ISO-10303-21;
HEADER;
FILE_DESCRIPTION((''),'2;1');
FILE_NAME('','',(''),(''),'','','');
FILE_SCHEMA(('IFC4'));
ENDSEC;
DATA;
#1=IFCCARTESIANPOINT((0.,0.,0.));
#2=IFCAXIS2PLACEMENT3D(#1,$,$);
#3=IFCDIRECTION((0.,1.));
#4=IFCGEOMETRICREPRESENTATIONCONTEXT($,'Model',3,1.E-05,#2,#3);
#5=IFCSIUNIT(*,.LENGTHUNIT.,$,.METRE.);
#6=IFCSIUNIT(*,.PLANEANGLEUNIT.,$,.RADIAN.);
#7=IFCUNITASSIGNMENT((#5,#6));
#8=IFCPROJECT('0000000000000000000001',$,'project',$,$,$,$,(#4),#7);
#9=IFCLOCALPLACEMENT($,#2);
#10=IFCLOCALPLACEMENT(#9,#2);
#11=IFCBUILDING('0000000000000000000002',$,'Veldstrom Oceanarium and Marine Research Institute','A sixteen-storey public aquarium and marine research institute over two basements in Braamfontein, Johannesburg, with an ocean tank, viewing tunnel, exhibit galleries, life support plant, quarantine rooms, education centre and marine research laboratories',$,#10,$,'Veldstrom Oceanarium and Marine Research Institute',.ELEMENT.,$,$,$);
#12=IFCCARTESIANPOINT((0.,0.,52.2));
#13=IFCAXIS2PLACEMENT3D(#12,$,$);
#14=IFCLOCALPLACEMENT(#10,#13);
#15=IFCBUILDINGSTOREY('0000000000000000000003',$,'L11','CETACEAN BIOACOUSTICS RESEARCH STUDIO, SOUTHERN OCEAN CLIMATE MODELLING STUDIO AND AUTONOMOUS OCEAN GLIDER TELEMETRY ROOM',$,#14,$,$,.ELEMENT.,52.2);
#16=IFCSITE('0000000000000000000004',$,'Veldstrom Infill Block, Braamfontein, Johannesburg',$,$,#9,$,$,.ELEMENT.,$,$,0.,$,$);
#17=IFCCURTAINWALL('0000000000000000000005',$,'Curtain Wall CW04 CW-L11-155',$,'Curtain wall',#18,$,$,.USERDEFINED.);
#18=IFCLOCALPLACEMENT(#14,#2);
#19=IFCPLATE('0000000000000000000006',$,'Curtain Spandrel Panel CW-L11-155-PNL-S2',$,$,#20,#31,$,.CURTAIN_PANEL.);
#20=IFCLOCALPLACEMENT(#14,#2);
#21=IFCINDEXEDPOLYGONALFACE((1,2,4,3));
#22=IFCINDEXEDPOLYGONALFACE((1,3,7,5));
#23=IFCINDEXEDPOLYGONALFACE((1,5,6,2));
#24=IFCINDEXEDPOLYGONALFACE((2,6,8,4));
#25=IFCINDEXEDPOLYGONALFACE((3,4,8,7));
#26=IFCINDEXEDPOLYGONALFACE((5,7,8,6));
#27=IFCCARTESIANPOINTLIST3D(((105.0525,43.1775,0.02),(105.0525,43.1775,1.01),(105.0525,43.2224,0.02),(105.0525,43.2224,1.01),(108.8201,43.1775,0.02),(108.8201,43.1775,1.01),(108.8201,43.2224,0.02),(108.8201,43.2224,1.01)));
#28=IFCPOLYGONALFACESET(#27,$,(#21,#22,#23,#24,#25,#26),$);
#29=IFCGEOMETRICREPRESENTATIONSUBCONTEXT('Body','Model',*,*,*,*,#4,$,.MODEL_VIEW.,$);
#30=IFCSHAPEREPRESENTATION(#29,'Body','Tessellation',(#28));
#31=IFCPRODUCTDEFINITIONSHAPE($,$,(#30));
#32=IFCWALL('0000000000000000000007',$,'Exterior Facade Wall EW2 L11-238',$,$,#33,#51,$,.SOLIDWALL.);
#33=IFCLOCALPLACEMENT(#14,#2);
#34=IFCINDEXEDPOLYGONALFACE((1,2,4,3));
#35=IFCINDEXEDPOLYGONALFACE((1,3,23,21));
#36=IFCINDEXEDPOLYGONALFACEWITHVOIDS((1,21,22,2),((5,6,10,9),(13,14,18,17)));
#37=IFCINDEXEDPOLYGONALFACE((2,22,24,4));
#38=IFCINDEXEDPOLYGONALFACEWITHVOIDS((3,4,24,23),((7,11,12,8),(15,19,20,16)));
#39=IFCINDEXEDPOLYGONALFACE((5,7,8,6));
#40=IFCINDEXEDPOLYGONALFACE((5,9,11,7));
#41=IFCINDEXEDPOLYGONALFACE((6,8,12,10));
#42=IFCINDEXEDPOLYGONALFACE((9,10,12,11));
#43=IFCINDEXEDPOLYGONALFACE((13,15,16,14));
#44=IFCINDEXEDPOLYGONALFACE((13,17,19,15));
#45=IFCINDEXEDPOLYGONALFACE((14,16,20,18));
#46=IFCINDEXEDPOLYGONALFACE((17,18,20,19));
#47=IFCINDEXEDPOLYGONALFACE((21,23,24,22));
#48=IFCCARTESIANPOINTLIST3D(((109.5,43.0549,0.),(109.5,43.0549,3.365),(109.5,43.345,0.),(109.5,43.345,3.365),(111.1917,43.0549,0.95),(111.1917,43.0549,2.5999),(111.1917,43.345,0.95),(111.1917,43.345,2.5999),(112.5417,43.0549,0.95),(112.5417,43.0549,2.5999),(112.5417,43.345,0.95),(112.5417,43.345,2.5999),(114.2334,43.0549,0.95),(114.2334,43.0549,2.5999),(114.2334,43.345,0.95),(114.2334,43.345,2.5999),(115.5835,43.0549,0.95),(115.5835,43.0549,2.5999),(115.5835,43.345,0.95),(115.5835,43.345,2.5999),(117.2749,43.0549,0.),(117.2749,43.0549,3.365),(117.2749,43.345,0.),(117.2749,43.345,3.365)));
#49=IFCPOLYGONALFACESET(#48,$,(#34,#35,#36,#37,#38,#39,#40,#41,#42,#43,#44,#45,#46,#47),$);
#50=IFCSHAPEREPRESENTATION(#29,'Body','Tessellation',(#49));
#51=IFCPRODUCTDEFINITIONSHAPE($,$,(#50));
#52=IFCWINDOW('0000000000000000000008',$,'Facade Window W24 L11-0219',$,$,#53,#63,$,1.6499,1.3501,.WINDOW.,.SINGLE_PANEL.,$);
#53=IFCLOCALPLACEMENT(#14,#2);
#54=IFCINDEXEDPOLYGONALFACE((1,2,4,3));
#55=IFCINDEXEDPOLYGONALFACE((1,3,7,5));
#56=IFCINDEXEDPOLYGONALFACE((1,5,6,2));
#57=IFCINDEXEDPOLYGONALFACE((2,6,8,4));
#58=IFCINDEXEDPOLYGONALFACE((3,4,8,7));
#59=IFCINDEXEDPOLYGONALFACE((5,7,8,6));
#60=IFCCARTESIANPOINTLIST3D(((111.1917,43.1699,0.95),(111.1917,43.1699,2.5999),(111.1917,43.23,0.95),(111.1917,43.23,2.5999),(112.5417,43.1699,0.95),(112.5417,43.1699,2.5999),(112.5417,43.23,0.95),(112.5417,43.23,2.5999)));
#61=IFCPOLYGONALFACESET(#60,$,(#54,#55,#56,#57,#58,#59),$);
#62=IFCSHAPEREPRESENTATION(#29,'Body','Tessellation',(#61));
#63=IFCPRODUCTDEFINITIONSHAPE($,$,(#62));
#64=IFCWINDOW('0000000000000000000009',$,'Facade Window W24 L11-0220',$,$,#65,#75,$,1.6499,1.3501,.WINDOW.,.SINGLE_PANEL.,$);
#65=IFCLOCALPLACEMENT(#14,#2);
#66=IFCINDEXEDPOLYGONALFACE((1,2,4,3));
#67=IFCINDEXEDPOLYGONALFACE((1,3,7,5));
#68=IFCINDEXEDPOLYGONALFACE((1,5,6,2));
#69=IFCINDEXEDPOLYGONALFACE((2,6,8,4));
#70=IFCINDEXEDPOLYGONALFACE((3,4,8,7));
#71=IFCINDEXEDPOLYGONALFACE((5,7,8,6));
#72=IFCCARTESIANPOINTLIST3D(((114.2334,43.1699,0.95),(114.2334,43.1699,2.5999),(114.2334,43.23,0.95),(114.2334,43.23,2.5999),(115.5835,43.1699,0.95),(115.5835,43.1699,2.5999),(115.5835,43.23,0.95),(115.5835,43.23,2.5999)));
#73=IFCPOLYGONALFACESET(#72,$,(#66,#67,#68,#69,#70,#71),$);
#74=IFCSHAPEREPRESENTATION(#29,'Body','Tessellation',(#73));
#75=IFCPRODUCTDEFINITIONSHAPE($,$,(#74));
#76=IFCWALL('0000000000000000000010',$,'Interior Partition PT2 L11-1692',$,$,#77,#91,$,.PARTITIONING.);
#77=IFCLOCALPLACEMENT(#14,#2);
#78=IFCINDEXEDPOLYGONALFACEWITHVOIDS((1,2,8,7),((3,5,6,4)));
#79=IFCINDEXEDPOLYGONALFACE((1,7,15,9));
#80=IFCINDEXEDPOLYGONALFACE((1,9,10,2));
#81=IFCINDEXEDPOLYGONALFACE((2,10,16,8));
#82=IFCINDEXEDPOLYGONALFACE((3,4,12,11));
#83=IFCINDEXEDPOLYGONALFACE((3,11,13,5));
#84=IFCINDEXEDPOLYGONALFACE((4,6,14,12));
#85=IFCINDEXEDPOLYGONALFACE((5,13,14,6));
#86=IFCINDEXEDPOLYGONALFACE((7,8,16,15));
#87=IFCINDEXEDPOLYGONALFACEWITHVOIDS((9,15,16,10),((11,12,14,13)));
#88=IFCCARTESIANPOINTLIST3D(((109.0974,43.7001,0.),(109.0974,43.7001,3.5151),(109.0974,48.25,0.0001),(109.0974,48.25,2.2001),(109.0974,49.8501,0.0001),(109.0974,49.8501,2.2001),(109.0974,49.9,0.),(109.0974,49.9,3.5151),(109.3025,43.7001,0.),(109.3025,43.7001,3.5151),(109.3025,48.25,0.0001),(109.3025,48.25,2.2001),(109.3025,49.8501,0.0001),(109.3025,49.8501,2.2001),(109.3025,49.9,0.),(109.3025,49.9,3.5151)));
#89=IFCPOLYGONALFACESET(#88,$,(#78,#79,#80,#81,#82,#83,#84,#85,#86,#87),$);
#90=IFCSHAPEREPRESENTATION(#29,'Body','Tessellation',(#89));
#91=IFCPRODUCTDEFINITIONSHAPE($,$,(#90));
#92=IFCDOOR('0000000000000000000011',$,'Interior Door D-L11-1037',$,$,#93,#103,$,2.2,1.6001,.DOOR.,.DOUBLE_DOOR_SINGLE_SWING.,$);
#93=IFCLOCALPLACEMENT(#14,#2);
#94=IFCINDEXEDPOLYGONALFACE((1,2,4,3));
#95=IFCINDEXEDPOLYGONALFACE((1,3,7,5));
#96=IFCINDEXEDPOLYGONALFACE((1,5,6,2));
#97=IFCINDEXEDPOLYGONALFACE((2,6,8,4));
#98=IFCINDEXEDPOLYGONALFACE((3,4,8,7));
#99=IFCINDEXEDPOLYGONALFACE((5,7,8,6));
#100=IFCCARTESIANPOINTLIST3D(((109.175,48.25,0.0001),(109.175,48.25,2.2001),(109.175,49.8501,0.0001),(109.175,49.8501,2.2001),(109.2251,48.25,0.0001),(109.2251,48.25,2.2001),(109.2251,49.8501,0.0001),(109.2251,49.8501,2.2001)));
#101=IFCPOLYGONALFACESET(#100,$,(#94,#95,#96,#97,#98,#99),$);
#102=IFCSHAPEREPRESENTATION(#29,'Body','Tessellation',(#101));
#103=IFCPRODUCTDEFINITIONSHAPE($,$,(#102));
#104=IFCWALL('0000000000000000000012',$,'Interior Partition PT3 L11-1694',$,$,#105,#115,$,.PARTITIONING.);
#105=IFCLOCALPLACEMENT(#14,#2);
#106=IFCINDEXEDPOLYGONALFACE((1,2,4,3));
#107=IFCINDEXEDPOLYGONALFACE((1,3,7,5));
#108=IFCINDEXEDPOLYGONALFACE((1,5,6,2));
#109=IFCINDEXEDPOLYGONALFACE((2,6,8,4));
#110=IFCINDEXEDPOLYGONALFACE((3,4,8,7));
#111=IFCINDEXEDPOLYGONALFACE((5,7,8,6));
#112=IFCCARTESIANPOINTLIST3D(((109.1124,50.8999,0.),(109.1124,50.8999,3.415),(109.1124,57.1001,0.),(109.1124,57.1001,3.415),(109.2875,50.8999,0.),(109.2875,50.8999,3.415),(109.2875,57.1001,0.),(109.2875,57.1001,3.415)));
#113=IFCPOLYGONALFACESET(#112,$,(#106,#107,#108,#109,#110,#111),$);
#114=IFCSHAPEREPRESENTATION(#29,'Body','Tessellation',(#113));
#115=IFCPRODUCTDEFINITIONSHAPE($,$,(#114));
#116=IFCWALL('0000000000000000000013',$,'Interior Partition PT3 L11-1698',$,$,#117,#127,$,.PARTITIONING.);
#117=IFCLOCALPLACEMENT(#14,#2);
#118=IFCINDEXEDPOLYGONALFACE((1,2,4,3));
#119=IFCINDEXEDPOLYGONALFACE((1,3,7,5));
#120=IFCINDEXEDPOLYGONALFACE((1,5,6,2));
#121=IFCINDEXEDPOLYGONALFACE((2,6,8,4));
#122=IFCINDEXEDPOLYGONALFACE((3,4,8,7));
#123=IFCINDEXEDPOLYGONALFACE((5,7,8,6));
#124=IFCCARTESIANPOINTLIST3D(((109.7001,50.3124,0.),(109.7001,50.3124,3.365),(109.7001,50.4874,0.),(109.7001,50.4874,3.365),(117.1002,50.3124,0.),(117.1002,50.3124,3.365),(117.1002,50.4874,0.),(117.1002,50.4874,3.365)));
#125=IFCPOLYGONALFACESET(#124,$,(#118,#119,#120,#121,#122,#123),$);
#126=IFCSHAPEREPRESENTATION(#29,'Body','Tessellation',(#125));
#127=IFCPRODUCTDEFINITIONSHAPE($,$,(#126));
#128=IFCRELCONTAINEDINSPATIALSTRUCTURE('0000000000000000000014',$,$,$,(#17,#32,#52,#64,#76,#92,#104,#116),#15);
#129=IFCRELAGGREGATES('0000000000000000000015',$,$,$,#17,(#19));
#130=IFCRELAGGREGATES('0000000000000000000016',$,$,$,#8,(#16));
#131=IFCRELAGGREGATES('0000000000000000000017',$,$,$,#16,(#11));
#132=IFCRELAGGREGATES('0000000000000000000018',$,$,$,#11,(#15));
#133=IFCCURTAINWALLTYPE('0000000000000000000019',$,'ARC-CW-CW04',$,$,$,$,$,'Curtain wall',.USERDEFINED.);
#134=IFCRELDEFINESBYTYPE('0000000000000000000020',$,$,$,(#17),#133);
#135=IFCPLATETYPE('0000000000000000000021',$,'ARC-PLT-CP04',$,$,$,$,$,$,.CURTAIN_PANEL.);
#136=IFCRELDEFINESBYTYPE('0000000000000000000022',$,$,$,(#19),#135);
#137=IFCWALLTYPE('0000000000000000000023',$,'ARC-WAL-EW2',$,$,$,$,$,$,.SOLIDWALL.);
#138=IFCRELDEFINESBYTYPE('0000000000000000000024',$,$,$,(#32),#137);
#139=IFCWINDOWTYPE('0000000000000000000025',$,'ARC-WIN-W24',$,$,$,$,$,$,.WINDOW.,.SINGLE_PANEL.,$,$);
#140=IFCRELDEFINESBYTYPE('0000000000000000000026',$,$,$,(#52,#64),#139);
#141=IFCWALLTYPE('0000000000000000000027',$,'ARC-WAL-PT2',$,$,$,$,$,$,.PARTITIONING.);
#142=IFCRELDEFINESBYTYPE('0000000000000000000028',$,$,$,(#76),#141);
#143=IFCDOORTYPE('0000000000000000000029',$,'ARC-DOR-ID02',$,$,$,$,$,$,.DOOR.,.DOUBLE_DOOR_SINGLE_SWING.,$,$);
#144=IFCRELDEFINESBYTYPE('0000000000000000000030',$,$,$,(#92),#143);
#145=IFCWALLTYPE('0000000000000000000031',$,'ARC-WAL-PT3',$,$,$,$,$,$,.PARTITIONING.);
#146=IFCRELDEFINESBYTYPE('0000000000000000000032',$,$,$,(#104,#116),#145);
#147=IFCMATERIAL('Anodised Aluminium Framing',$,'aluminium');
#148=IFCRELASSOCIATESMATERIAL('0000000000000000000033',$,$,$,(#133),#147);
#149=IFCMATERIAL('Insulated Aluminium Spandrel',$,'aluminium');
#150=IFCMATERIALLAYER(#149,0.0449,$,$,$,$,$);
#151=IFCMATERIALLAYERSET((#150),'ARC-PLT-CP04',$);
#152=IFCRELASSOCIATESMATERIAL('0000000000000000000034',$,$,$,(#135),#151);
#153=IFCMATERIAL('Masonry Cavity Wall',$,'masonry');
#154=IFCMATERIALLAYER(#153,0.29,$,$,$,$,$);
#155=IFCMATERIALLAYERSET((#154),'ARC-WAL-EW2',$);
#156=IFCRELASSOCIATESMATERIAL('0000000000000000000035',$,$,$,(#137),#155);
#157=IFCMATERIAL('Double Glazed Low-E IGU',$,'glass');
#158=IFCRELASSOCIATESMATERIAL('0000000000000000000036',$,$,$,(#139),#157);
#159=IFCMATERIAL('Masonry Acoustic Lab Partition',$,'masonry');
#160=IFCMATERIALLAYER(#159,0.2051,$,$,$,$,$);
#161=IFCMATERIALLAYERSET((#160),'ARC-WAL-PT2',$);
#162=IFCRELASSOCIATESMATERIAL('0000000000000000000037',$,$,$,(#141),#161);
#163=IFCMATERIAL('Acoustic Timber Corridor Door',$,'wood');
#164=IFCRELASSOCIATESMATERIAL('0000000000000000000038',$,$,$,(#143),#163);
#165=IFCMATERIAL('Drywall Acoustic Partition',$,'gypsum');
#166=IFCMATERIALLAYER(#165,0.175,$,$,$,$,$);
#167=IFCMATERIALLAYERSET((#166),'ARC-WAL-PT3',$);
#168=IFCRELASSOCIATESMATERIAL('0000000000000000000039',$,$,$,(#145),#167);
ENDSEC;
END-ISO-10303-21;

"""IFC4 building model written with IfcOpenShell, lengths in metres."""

from ifc_helpers import new_model, si_unit, direction, frame, frame_2d, origin, origin_2d, place, context, subcontext, project, spatial, rectangle, extrude, material, layer, layer_set, type_object, element, fill, aggregate, save


model = new_model("IFC4")

# Units and contexts
model_context = context("Model", 3, precision=1e-05, world=origin(), true_north=direction((0.0, 1.0)))
body_context = subcontext(model_context, "Body", "Model", "MODEL_VIEW")
ifc_project = project(units=[si_unit("LENGTHUNIT", "METRE"), si_unit("PLANEANGLEUNIT", "RADIAN")], contexts=[model_context])

# Site, building, storey
site_placement = place(None, origin())
site = spatial("IfcSite", under=ifc_project, at=site_placement, Name="Veldstrom Infill Block, Braamfontein, Johannesburg", CompositionType="ELEMENT", RefElevation=0.0)
building_placement = place(site_placement, origin())
building = spatial("IfcBuilding", under=site, at=building_placement, Name="Veldstrom Oceanarium and Marine Research Institute", Description="A sixteen-storey public aquarium and marine research institute over two basements in Braamfontein, Johannesburg, with an ocean tank, viewing tunnel, exhibit galleries, life support plant, quarantine rooms, education centre and marine research laboratories", LongName="Veldstrom Oceanarium and Marine Research Institute", CompositionType="ELEMENT")
storey_placement = place(building_placement, frame((0.0, 0.0, 52.2)))
storey = spatial("IfcBuildingStorey", under=building, at=storey_placement, Name="L11", Description="CETACEAN BIOACOUSTICS RESEARCH STUDIO, SOUTHERN OCEAN CLIMATE MODELLING STUDIO AND AUTONOMOUS OCEAN GLIDER TELEMETRY ROOM", CompositionType="ELEMENT", Elevation=52.2)

# Curtain wall
ifc_material_1 = material(Name="Anodised Aluminium Framing", Category="aluminium")
curtain_wall_type = type_object("IfcCurtainWallType", Name="ARC-CW-CW04", ElementType="Curtain wall", PredefinedType="USERDEFINED", material=ifc_material_1)
curtain_wall_placement = place(storey_placement, origin())
curtain_wall = element("IfcCurtainWall", 1, at=curtain_wall_placement, inside=storey, type_object=curtain_wall_type, Name="Curtain Wall CW04 CW-L11-155", ObjectType="Curtain wall", PredefinedType="USERDEFINED")

# Plate
ifc_material_2 = material(Name="Insulated Aluminium Spandrel", Category="aluminium")
ifc_layer_1 = layer(ifc_material_2, 0.0449)
ifc_layer_set_1 = layer_set([ifc_layer_1], Name="ARC-PLT-CP04")
plate_type_1 = type_object("IfcPlateType", Name="ARC-PLT-CP04", PredefinedType="CURTAIN_PANEL", material=ifc_layer_set_1)
plate_1_placement = place(storey_placement, frame((106.9363, 43.2, 0.02), z_axis=(0.0, 0.0, 1.0), x_axis=(1.0, 0.0, 0.0)))
plate_1 = element("IfcPlate", 2, at=plate_1_placement, type_object=plate_type_1, Name="Curtain Spandrel Panel CW-L11-155-PNL-S2", PredefinedType="CURTAIN_PANEL", context=body_context, shape_type="SweptSolid", body=[
    extrude(rectangle(XDim=3.7676, YDim=0.0449, at=origin_2d()), origin(), (0.0, 0.0, 1.0), 0.99),
])
aggregate(curtain_wall, [plate_1])

# Wall, openings, windows
ifc_material_3 = material(Name="Masonry Cavity Wall", Category="masonry")
ifc_layer_2 = layer(ifc_material_3, 0.29)
ifc_layer_set_2 = layer_set([ifc_layer_2], Name="ARC-WAL-EW2")
wall_type_1 = type_object("IfcWallType", Name="ARC-WAL-EW2", PredefinedType="SOLIDWALL", material=ifc_layer_set_2)
wall_1_placement = place(storey_placement, frame((109.5, 43.2, 0.0), z_axis=(0.0, 0.0, 1.0), x_axis=(1.0, 0.0, 0.0)))
wall_1 = element("IfcWall", 3, at=wall_1_placement, inside=storey, type_object=wall_type_1, Name="Exterior Facade Wall EW2 L11-238", PredefinedType="SOLIDWALL", context=body_context, shape_type="SweptSolid", body=[
    extrude(rectangle(XDim=7.7749, YDim=0.29, at=frame_2d((3.8875, 0.0))), origin(), (0.0, 0.0, 1.0), 3.365),
])
opening_1_placement = place(wall_1_placement, frame((1.6917, 0.0, 0.95)))
opening_1 = element("IfcOpeningElement", 4, at=opening_1_placement, cuts=wall_1, PredefinedType="OPENING", context=body_context, shape_type="SweptSolid", body=[
    extrude(rectangle(XDim=1.3501, YDim=1.6499, at=frame_2d((0.675, 0.825))), frame((0.0, 0.155, 0.0), z_axis=(0.0, -1.0, 0.0), x_axis=(1.0, 0.0, 0.0)), (0.0, 0.0, 1.0), 0.3101),
])
opening_2_placement = place(wall_1_placement, frame((4.7334, 0.0, 0.95)))
opening_2 = element("IfcOpeningElement", 5, at=opening_2_placement, cuts=wall_1, PredefinedType="OPENING", context=body_context, shape_type="SweptSolid", body=[
    extrude(rectangle(XDim=1.3501, YDim=1.6499, at=frame_2d((0.675, 0.825))), frame((0.0, 0.155, 0.0), z_axis=(0.0, -1.0, 0.0), x_axis=(1.0, 0.0, 0.0)), (0.0, 0.0, 1.0), 0.3101),
])
ifc_material_4 = material(Name="Double Glazed Low-E IGU", Category="glass")
window_type = type_object("IfcWindowType", Name="ARC-WIN-W24", PartitioningType="SINGLE_PANEL", PredefinedType="WINDOW", material=ifc_material_4)
window_1_placement = place(opening_1_placement, origin())
window_1 = element("IfcWindow", 6, at=window_1_placement, inside=storey, type_object=window_type, Name="Facade Window W24 L11-0219", OverallHeight=1.6499, OverallWidth=1.3501, PartitioningType="SINGLE_PANEL", PredefinedType="WINDOW", context=body_context, shape_type="SweptSolid", body=[
    extrude(rectangle(XDim=1.3501, YDim=1.6499, at=frame_2d((0.675, 0.825))), frame((0.0, 0.03, 0.0), z_axis=(0.0, -1.0, 0.0), x_axis=(1.0, 0.0, 0.0)), (0.0, 0.0, 1.0), 0.0601),
])
fill(opening_1, window_1)
window_2_placement = place(opening_2_placement, origin())
window_2 = element("IfcWindow", 7, at=window_2_placement, inside=storey, type_object=window_type, Name="Facade Window W24 L11-0220", OverallHeight=1.6499, OverallWidth=1.3501, PartitioningType="SINGLE_PANEL", PredefinedType="WINDOW", context=body_context, shape_type="SweptSolid", body=[
    extrude(rectangle(XDim=1.3501, YDim=1.6499, at=frame_2d((0.675, 0.825))), frame((0.0, 0.03, 0.0), z_axis=(0.0, -1.0, 0.0), x_axis=(1.0, 0.0, 0.0)), (0.0, 0.0, 1.0), 0.0601),
])
fill(opening_2, window_2)

# Wall, opening, door
ifc_material_5 = material(Name="Masonry Acoustic Lab Partition", Category="masonry")
ifc_layer_3 = layer(ifc_material_5, 0.2051)
ifc_layer_set_3 = layer_set([ifc_layer_3], Name="ARC-WAL-PT2")
wall_type_2 = type_object("IfcWallType", Name="ARC-WAL-PT2", PredefinedType="PARTITIONING", material=ifc_layer_set_3)
wall_2_placement = place(storey_placement, frame((109.2, 43.7, 0.0), z_axis=(0.0, 0.0, 1.0), x_axis=(0.0, 1.0, 0.0)))
wall_2 = element("IfcWall", 8, at=wall_2_placement, inside=storey, type_object=wall_type_2, Name="Interior Partition PT2 L11-1692", PredefinedType="PARTITIONING", context=body_context, shape_type="SweptSolid", body=[
    extrude(rectangle(XDim=6.2, YDim=0.2051, at=frame_2d((3.1001, 0.0))), origin(), (0.0, 0.0, 1.0), 3.5151),
])
opening_3_placement = place(wall_2_placement, frame((4.55, 0.0, 0.0)))
opening_3 = element("IfcOpeningElement", 9, at=opening_3_placement, cuts=wall_2, PredefinedType="OPENING", context=body_context, shape_type="SweptSolid", body=[
    extrude(rectangle(XDim=1.6001, YDim=2.2, at=frame_2d((0.8, 1.1001))), frame((0.0, 0.1125, 0.0), z_axis=(0.0, -1.0, 0.0), x_axis=(1.0, 0.0, 0.0)), (0.0, 0.0, 1.0), 0.2251),
])
ifc_material_6 = material(Name="Acoustic Timber Corridor Door", Category="wood")
door_type_1 = type_object("IfcDoorType", Name="ARC-DOR-ID02", OperationType="DOUBLE_DOOR_SINGLE_SWING", PredefinedType="DOOR", material=ifc_material_6)
door_1_placement = place(opening_3_placement, origin())
door_1 = element("IfcDoor", 10, at=door_1_placement, inside=storey, type_object=door_type_1, Name="Interior Door D-L11-1037", OperationType="DOUBLE_DOOR_SINGLE_SWING", OverallHeight=2.2, OverallWidth=1.6001, PredefinedType="DOOR", context=body_context, shape_type="SweptSolid", body=[
    extrude(rectangle(XDim=1.6001, YDim=2.2, at=frame_2d((0.8, 1.1001))), frame((0.0, 0.0249, 0.0), z_axis=(0.0, -1.0, 0.0), x_axis=(1.0, 0.0, 0.0)), (0.0, 0.0, 1.0), 0.05),
])
fill(opening_3, door_1)

# Walls
ifc_material_7 = material(Name="Drywall Acoustic Partition", Category="gypsum")
ifc_layer_4 = layer(ifc_material_7, 0.175)
ifc_layer_set_4 = layer_set([ifc_layer_4], Name="ARC-WAL-PT3")
wall_type_3 = type_object("IfcWallType", Name="ARC-WAL-PT3", PredefinedType="PARTITIONING", material=ifc_layer_set_4)
wall_3_placement = place(storey_placement, frame((109.2, 50.8999, 0.0), z_axis=(0.0, 0.0, 1.0), x_axis=(0.0, 1.0, 0.0)))
element("IfcWall", 11, at=wall_3_placement, inside=storey, type_object=wall_type_3, Name="Interior Partition PT3 L11-1694", PredefinedType="PARTITIONING", context=body_context, shape_type="SweptSolid", body=[
    extrude(rectangle(XDim=6.2002, YDim=0.175, at=frame_2d((3.1001, 0.0))), origin(), (0.0, 0.0, 1.0), 3.415),
])
wall_4_placement = place(storey_placement, frame((109.7, 50.3999, 0.0), z_axis=(0.0, 0.0, 1.0), x_axis=(1.0, 0.0, 0.0)))
element("IfcWall", 12, at=wall_4_placement, inside=storey, type_object=wall_type_3, Name="Interior Partition PT3 L11-1698", PredefinedType="PARTITIONING", context=body_context, shape_type="SweptSolid", body=[
    extrude(rectangle(XDim=7.4001, YDim=0.175, at=frame_2d((3.7002, 0.0))), origin(), (0.0, 0.0, 1.0), 3.365),
])

save(model, "model.ifc")
